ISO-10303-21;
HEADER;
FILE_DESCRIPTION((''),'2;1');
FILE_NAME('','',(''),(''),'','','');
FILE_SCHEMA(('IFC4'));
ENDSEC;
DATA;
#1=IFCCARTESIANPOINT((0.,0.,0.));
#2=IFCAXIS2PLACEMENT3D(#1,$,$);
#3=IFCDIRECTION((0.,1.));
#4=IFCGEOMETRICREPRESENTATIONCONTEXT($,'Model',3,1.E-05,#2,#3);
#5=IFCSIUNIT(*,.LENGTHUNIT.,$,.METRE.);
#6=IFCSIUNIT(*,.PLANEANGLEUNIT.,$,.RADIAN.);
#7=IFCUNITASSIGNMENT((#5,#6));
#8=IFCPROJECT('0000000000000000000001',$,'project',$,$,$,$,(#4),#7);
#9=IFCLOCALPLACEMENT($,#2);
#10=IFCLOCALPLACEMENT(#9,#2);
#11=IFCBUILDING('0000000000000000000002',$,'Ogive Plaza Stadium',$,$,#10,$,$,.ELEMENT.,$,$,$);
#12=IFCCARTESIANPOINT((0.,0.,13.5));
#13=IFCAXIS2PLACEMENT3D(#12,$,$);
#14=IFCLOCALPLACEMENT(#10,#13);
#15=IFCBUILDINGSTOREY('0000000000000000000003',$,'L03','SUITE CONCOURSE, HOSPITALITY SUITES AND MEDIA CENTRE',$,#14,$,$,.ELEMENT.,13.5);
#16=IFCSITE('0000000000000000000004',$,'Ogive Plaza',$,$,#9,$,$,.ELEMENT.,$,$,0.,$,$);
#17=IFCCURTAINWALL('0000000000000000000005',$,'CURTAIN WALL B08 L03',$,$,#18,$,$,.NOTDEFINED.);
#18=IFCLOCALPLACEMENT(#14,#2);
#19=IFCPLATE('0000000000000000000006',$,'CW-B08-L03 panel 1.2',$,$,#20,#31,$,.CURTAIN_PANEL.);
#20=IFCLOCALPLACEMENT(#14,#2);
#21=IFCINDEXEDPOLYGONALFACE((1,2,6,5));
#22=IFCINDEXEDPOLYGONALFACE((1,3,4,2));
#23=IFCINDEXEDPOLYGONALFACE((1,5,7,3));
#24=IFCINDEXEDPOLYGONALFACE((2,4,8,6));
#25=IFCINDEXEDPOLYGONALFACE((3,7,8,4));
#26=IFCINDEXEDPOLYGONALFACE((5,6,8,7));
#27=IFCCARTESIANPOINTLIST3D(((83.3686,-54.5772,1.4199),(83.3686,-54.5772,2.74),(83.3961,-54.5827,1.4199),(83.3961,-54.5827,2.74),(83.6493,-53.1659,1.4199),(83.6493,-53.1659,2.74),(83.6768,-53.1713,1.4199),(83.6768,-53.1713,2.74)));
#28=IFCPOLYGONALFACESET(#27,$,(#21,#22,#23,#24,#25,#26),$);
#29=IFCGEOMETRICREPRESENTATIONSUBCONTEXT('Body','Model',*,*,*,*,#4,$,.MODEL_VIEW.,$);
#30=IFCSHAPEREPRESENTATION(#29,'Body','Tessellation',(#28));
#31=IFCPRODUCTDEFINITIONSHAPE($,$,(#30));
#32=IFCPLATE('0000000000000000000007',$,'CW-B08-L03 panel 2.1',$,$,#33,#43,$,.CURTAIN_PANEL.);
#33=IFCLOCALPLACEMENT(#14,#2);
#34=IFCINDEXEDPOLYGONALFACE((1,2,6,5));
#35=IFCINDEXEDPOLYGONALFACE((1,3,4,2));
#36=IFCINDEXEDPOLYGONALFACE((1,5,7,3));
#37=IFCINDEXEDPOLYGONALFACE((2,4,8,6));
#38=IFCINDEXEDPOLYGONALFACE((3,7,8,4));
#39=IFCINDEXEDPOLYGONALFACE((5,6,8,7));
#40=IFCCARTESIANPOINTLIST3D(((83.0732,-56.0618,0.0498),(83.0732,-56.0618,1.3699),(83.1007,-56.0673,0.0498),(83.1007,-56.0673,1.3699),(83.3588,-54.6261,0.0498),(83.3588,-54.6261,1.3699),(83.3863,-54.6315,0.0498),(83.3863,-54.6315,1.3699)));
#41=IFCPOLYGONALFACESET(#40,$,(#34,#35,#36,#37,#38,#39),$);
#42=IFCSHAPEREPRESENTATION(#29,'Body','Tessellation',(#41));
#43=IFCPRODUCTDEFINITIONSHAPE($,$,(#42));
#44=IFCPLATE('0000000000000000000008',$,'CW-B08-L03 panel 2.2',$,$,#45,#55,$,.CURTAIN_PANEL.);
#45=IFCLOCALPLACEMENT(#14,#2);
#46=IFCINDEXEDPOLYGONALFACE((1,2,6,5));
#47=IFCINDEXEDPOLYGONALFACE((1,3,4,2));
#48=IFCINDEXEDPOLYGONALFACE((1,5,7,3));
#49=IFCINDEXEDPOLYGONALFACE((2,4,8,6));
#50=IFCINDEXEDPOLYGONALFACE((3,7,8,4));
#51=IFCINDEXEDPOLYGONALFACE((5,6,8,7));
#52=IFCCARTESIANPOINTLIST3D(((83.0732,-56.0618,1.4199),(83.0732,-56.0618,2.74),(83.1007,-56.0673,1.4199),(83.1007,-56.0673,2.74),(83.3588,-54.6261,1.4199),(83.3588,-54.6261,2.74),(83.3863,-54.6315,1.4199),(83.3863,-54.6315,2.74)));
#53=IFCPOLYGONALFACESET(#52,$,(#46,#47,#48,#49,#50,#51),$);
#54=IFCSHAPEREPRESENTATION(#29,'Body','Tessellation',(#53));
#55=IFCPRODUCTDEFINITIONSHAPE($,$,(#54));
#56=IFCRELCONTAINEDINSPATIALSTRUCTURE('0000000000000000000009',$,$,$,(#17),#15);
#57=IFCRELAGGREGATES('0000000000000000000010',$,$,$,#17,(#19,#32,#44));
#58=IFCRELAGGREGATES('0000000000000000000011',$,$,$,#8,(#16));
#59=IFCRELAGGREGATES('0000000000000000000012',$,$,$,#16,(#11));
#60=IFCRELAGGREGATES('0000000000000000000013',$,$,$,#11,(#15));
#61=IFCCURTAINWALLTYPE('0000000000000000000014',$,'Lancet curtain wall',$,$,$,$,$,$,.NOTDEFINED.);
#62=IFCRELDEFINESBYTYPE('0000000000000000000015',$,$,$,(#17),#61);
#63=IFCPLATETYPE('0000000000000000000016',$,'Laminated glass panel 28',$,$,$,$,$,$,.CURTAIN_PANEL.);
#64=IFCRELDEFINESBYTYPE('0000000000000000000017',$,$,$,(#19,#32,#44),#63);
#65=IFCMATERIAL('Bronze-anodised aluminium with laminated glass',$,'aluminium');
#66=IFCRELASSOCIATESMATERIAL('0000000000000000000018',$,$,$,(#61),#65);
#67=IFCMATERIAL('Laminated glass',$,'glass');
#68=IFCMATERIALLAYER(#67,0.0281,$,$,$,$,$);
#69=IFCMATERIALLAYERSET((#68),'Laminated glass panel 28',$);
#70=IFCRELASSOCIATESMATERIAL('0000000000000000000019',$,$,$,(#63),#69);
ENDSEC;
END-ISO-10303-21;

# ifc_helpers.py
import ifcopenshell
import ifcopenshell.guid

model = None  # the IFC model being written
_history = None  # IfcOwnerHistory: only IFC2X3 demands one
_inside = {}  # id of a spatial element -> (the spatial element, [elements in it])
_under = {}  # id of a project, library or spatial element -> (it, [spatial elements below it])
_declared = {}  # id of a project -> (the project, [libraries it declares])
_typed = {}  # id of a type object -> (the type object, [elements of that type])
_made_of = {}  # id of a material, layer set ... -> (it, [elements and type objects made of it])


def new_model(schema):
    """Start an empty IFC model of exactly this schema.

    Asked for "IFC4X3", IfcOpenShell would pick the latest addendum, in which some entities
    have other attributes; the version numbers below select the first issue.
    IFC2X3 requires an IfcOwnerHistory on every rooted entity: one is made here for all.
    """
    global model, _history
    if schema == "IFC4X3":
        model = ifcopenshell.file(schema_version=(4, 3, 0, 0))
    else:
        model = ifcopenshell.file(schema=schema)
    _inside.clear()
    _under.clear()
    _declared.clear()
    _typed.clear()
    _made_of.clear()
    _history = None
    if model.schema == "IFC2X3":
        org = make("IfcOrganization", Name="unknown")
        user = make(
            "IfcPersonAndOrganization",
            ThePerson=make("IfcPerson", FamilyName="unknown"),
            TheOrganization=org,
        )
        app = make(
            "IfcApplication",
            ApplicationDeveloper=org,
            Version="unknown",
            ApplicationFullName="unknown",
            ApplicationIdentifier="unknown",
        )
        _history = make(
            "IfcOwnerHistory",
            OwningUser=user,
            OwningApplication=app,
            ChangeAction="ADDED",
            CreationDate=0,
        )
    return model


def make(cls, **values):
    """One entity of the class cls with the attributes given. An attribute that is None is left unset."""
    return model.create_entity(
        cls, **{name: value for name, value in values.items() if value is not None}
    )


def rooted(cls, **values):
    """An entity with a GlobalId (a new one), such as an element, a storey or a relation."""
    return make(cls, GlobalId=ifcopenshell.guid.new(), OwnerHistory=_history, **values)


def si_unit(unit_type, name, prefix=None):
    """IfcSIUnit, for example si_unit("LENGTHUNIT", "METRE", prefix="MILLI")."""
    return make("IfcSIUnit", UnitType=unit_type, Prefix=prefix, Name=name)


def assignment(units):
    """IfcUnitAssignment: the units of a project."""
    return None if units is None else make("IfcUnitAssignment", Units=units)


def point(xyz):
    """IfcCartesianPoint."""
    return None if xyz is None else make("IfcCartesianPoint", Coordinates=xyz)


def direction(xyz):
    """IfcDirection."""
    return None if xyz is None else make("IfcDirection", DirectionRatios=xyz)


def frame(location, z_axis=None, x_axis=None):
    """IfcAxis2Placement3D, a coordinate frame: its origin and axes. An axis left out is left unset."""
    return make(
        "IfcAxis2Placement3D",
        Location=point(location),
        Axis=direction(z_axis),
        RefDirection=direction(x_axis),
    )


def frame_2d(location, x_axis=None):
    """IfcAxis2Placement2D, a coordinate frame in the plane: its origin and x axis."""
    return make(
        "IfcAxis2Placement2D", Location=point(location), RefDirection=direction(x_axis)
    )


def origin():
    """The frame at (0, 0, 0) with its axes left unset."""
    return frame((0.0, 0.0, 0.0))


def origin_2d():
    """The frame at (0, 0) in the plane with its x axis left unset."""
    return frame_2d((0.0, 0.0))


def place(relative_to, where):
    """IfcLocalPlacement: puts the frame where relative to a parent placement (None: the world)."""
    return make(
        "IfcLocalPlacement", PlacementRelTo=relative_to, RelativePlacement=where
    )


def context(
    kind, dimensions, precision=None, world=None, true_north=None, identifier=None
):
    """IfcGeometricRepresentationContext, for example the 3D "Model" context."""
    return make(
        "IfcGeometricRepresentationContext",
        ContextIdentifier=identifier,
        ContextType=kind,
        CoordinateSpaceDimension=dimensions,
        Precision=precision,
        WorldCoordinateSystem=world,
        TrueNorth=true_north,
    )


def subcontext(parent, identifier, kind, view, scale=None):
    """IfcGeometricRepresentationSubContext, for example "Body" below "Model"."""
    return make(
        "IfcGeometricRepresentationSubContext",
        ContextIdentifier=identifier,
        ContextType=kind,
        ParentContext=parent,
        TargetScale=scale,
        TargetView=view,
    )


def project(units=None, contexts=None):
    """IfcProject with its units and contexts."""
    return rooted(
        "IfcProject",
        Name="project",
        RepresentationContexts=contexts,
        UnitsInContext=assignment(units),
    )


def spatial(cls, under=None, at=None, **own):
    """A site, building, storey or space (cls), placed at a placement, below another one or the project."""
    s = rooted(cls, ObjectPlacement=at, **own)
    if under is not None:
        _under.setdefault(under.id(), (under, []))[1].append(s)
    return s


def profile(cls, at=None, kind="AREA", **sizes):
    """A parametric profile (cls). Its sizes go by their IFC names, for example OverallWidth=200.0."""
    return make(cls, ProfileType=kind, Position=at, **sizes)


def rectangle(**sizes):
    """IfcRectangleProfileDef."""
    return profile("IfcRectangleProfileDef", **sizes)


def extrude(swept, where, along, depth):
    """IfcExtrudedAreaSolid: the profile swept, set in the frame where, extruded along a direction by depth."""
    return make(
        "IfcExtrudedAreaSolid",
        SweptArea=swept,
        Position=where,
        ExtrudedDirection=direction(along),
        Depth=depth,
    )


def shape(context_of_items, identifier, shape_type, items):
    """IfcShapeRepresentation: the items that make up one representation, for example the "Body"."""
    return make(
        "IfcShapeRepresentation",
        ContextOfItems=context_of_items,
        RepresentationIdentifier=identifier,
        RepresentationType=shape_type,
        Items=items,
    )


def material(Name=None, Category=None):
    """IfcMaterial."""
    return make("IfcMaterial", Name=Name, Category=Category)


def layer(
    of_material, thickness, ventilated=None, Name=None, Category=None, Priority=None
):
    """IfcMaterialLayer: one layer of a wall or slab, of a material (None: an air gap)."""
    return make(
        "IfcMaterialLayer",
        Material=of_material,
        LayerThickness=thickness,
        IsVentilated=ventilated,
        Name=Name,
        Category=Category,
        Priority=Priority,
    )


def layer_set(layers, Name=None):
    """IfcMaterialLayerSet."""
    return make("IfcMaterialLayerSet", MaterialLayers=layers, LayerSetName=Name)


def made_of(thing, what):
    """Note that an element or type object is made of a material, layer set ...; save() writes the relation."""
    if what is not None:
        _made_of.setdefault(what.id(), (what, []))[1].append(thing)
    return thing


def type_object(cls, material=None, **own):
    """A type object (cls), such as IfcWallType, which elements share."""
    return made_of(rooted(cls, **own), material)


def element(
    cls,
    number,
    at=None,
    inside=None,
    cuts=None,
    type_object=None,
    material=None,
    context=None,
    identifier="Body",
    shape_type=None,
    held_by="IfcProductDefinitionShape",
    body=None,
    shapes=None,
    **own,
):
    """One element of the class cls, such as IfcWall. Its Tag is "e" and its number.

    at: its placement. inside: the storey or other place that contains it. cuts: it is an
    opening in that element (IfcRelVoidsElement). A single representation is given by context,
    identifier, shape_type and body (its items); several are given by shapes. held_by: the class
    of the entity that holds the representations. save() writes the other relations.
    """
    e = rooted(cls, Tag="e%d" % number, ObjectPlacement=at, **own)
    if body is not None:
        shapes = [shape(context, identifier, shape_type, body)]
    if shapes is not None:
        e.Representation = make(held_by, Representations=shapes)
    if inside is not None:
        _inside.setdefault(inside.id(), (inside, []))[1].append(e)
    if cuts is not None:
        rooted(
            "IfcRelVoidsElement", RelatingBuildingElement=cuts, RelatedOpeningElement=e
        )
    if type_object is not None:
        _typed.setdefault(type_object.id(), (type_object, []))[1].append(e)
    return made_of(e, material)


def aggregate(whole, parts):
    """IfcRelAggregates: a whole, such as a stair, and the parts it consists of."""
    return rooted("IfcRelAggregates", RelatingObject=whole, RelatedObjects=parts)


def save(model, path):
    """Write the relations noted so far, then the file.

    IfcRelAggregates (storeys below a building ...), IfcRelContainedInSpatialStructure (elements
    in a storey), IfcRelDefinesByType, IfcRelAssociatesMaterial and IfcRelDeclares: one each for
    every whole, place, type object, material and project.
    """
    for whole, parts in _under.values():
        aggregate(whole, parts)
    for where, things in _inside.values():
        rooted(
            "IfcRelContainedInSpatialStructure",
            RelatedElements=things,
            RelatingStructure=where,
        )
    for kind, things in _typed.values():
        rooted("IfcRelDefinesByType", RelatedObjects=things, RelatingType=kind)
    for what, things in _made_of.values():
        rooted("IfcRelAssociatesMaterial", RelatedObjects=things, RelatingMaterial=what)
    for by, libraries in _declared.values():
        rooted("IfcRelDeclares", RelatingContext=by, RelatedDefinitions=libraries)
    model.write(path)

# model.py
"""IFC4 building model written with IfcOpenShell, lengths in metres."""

from ifc_helpers import new_model, si_unit, direction, frame, origin, origin_2d, place, context, subcontext, project, spatial, rectangle, extrude, material, layer, layer_set, type_object, element, aggregate, save


model = new_model("IFC4")

# Units and contexts
model_context = context("Model", 3, precision=1e-05, world=origin(), true_north=direction((0.0, 1.0)))
body_context = subcontext(model_context, "Body", "Model", "MODEL_VIEW")
ifc_project = project(units=[si_unit("LENGTHUNIT", "METRE"), si_unit("PLANEANGLEUNIT", "RADIAN")], contexts=[model_context])

# Site, building, storey
site_placement = place(None, origin())
site = spatial("IfcSite", under=ifc_project, at=site_placement, Name="Ogive Plaza", CompositionType="ELEMENT", RefElevation=0.0)
building_placement = place(site_placement, origin())
building = spatial("IfcBuilding", under=site, at=building_placement, Name="Ogive Plaza Stadium", CompositionType="ELEMENT")
storey_placement = place(building_placement, frame((0.0, 0.0, 13.5)))
storey = spatial("IfcBuildingStorey", under=building, at=storey_placement, Name="L03", Description="SUITE CONCOURSE, HOSPITALITY SUITES AND MEDIA CENTRE", CompositionType="ELEMENT", Elevation=13.5)

# Curtain wall
ifc_material_1 = material(Name="Bronze-anodised aluminium with laminated glass", Category="aluminium")
curtain_wall_type = type_object("IfcCurtainWallType", Name="Lancet curtain wall", PredefinedType="NOTDEFINED", material=ifc_material_1)
curtain_wall_1_placement = place(storey_placement, origin())
curtain_wall_1 = element("IfcCurtainWall", 1, at=curtain_wall_1_placement, inside=storey, type_object=curtain_wall_type, Name="CURTAIN WALL B08 L03", PredefinedType="NOTDEFINED")

# Plates
ifc_material_2 = material(Name="Laminated glass", Category="glass")
ifc_layer = layer(ifc_material_2, 0.0281)
ifc_layer_set = layer_set([ifc_layer], Name="Laminated glass panel 28")
plate_type = type_object("IfcPlateType", Name="Laminated glass panel 28", PredefinedType="CURTAIN_PANEL", material=ifc_layer_set)
plate_1_placement = place(storey_placement, frame((83.5227, -53.8743, 1.4199), z_axis=(0.0, 0.0, 1.0), x_axis=(-0.19509, -0.980785, 0.0)))
plate_1 = element("IfcPlate", 2, at=plate_1_placement, type_object=plate_type, Name="CW-B08-L03 panel 1.2", PredefinedType="CURTAIN_PANEL", context=body_context, shape_type="SweptSolid", body=[
    extrude(rectangle(XDim=1.439, YDim=0.0281, at=origin_2d()), origin(), (0.0, 0.0, 1.0), 1.3201),
])
plate_2_placement = place(storey_placement, frame((83.2297, -55.3467, 0.0498), z_axis=(0.0, 0.0, 1.0), x_axis=(-0.19509, -0.980785, 0.0)))
plate_2 = element("IfcPlate", 3, at=plate_2_placement, type_object=plate_type, Name="CW-B08-L03 panel 2.1", PredefinedType="CURTAIN_PANEL", context=body_context, shape_type="SweptSolid", body=[
    extrude(rectangle(XDim=1.4639, YDim=0.0281, at=origin_2d()), origin(), (0.0, 0.0, 1.0), 1.3201),
])
plate_3_placement = place(storey_placement, frame((83.2297, -55.3467, 1.4199), z_axis=(0.0, 0.0, 1.0), x_axis=(-0.19509, -0.980785, 0.0)))
plate_3 = element("IfcPlate", 4, at=plate_3_placement, type_object=plate_type, Name="CW-B08-L03 panel 2.2", PredefinedType="CURTAIN_PANEL", context=body_context, shape_type="SweptSolid", body=[
    extrude(rectangle(XDim=1.4639, YDim=0.0281, at=origin_2d()), origin(), (0.0, 0.0, 1.0), 1.3201),
])
aggregate(curtain_wall_1, [plate_1, plate_2, plate_3])

save(model, "model.ifc")
